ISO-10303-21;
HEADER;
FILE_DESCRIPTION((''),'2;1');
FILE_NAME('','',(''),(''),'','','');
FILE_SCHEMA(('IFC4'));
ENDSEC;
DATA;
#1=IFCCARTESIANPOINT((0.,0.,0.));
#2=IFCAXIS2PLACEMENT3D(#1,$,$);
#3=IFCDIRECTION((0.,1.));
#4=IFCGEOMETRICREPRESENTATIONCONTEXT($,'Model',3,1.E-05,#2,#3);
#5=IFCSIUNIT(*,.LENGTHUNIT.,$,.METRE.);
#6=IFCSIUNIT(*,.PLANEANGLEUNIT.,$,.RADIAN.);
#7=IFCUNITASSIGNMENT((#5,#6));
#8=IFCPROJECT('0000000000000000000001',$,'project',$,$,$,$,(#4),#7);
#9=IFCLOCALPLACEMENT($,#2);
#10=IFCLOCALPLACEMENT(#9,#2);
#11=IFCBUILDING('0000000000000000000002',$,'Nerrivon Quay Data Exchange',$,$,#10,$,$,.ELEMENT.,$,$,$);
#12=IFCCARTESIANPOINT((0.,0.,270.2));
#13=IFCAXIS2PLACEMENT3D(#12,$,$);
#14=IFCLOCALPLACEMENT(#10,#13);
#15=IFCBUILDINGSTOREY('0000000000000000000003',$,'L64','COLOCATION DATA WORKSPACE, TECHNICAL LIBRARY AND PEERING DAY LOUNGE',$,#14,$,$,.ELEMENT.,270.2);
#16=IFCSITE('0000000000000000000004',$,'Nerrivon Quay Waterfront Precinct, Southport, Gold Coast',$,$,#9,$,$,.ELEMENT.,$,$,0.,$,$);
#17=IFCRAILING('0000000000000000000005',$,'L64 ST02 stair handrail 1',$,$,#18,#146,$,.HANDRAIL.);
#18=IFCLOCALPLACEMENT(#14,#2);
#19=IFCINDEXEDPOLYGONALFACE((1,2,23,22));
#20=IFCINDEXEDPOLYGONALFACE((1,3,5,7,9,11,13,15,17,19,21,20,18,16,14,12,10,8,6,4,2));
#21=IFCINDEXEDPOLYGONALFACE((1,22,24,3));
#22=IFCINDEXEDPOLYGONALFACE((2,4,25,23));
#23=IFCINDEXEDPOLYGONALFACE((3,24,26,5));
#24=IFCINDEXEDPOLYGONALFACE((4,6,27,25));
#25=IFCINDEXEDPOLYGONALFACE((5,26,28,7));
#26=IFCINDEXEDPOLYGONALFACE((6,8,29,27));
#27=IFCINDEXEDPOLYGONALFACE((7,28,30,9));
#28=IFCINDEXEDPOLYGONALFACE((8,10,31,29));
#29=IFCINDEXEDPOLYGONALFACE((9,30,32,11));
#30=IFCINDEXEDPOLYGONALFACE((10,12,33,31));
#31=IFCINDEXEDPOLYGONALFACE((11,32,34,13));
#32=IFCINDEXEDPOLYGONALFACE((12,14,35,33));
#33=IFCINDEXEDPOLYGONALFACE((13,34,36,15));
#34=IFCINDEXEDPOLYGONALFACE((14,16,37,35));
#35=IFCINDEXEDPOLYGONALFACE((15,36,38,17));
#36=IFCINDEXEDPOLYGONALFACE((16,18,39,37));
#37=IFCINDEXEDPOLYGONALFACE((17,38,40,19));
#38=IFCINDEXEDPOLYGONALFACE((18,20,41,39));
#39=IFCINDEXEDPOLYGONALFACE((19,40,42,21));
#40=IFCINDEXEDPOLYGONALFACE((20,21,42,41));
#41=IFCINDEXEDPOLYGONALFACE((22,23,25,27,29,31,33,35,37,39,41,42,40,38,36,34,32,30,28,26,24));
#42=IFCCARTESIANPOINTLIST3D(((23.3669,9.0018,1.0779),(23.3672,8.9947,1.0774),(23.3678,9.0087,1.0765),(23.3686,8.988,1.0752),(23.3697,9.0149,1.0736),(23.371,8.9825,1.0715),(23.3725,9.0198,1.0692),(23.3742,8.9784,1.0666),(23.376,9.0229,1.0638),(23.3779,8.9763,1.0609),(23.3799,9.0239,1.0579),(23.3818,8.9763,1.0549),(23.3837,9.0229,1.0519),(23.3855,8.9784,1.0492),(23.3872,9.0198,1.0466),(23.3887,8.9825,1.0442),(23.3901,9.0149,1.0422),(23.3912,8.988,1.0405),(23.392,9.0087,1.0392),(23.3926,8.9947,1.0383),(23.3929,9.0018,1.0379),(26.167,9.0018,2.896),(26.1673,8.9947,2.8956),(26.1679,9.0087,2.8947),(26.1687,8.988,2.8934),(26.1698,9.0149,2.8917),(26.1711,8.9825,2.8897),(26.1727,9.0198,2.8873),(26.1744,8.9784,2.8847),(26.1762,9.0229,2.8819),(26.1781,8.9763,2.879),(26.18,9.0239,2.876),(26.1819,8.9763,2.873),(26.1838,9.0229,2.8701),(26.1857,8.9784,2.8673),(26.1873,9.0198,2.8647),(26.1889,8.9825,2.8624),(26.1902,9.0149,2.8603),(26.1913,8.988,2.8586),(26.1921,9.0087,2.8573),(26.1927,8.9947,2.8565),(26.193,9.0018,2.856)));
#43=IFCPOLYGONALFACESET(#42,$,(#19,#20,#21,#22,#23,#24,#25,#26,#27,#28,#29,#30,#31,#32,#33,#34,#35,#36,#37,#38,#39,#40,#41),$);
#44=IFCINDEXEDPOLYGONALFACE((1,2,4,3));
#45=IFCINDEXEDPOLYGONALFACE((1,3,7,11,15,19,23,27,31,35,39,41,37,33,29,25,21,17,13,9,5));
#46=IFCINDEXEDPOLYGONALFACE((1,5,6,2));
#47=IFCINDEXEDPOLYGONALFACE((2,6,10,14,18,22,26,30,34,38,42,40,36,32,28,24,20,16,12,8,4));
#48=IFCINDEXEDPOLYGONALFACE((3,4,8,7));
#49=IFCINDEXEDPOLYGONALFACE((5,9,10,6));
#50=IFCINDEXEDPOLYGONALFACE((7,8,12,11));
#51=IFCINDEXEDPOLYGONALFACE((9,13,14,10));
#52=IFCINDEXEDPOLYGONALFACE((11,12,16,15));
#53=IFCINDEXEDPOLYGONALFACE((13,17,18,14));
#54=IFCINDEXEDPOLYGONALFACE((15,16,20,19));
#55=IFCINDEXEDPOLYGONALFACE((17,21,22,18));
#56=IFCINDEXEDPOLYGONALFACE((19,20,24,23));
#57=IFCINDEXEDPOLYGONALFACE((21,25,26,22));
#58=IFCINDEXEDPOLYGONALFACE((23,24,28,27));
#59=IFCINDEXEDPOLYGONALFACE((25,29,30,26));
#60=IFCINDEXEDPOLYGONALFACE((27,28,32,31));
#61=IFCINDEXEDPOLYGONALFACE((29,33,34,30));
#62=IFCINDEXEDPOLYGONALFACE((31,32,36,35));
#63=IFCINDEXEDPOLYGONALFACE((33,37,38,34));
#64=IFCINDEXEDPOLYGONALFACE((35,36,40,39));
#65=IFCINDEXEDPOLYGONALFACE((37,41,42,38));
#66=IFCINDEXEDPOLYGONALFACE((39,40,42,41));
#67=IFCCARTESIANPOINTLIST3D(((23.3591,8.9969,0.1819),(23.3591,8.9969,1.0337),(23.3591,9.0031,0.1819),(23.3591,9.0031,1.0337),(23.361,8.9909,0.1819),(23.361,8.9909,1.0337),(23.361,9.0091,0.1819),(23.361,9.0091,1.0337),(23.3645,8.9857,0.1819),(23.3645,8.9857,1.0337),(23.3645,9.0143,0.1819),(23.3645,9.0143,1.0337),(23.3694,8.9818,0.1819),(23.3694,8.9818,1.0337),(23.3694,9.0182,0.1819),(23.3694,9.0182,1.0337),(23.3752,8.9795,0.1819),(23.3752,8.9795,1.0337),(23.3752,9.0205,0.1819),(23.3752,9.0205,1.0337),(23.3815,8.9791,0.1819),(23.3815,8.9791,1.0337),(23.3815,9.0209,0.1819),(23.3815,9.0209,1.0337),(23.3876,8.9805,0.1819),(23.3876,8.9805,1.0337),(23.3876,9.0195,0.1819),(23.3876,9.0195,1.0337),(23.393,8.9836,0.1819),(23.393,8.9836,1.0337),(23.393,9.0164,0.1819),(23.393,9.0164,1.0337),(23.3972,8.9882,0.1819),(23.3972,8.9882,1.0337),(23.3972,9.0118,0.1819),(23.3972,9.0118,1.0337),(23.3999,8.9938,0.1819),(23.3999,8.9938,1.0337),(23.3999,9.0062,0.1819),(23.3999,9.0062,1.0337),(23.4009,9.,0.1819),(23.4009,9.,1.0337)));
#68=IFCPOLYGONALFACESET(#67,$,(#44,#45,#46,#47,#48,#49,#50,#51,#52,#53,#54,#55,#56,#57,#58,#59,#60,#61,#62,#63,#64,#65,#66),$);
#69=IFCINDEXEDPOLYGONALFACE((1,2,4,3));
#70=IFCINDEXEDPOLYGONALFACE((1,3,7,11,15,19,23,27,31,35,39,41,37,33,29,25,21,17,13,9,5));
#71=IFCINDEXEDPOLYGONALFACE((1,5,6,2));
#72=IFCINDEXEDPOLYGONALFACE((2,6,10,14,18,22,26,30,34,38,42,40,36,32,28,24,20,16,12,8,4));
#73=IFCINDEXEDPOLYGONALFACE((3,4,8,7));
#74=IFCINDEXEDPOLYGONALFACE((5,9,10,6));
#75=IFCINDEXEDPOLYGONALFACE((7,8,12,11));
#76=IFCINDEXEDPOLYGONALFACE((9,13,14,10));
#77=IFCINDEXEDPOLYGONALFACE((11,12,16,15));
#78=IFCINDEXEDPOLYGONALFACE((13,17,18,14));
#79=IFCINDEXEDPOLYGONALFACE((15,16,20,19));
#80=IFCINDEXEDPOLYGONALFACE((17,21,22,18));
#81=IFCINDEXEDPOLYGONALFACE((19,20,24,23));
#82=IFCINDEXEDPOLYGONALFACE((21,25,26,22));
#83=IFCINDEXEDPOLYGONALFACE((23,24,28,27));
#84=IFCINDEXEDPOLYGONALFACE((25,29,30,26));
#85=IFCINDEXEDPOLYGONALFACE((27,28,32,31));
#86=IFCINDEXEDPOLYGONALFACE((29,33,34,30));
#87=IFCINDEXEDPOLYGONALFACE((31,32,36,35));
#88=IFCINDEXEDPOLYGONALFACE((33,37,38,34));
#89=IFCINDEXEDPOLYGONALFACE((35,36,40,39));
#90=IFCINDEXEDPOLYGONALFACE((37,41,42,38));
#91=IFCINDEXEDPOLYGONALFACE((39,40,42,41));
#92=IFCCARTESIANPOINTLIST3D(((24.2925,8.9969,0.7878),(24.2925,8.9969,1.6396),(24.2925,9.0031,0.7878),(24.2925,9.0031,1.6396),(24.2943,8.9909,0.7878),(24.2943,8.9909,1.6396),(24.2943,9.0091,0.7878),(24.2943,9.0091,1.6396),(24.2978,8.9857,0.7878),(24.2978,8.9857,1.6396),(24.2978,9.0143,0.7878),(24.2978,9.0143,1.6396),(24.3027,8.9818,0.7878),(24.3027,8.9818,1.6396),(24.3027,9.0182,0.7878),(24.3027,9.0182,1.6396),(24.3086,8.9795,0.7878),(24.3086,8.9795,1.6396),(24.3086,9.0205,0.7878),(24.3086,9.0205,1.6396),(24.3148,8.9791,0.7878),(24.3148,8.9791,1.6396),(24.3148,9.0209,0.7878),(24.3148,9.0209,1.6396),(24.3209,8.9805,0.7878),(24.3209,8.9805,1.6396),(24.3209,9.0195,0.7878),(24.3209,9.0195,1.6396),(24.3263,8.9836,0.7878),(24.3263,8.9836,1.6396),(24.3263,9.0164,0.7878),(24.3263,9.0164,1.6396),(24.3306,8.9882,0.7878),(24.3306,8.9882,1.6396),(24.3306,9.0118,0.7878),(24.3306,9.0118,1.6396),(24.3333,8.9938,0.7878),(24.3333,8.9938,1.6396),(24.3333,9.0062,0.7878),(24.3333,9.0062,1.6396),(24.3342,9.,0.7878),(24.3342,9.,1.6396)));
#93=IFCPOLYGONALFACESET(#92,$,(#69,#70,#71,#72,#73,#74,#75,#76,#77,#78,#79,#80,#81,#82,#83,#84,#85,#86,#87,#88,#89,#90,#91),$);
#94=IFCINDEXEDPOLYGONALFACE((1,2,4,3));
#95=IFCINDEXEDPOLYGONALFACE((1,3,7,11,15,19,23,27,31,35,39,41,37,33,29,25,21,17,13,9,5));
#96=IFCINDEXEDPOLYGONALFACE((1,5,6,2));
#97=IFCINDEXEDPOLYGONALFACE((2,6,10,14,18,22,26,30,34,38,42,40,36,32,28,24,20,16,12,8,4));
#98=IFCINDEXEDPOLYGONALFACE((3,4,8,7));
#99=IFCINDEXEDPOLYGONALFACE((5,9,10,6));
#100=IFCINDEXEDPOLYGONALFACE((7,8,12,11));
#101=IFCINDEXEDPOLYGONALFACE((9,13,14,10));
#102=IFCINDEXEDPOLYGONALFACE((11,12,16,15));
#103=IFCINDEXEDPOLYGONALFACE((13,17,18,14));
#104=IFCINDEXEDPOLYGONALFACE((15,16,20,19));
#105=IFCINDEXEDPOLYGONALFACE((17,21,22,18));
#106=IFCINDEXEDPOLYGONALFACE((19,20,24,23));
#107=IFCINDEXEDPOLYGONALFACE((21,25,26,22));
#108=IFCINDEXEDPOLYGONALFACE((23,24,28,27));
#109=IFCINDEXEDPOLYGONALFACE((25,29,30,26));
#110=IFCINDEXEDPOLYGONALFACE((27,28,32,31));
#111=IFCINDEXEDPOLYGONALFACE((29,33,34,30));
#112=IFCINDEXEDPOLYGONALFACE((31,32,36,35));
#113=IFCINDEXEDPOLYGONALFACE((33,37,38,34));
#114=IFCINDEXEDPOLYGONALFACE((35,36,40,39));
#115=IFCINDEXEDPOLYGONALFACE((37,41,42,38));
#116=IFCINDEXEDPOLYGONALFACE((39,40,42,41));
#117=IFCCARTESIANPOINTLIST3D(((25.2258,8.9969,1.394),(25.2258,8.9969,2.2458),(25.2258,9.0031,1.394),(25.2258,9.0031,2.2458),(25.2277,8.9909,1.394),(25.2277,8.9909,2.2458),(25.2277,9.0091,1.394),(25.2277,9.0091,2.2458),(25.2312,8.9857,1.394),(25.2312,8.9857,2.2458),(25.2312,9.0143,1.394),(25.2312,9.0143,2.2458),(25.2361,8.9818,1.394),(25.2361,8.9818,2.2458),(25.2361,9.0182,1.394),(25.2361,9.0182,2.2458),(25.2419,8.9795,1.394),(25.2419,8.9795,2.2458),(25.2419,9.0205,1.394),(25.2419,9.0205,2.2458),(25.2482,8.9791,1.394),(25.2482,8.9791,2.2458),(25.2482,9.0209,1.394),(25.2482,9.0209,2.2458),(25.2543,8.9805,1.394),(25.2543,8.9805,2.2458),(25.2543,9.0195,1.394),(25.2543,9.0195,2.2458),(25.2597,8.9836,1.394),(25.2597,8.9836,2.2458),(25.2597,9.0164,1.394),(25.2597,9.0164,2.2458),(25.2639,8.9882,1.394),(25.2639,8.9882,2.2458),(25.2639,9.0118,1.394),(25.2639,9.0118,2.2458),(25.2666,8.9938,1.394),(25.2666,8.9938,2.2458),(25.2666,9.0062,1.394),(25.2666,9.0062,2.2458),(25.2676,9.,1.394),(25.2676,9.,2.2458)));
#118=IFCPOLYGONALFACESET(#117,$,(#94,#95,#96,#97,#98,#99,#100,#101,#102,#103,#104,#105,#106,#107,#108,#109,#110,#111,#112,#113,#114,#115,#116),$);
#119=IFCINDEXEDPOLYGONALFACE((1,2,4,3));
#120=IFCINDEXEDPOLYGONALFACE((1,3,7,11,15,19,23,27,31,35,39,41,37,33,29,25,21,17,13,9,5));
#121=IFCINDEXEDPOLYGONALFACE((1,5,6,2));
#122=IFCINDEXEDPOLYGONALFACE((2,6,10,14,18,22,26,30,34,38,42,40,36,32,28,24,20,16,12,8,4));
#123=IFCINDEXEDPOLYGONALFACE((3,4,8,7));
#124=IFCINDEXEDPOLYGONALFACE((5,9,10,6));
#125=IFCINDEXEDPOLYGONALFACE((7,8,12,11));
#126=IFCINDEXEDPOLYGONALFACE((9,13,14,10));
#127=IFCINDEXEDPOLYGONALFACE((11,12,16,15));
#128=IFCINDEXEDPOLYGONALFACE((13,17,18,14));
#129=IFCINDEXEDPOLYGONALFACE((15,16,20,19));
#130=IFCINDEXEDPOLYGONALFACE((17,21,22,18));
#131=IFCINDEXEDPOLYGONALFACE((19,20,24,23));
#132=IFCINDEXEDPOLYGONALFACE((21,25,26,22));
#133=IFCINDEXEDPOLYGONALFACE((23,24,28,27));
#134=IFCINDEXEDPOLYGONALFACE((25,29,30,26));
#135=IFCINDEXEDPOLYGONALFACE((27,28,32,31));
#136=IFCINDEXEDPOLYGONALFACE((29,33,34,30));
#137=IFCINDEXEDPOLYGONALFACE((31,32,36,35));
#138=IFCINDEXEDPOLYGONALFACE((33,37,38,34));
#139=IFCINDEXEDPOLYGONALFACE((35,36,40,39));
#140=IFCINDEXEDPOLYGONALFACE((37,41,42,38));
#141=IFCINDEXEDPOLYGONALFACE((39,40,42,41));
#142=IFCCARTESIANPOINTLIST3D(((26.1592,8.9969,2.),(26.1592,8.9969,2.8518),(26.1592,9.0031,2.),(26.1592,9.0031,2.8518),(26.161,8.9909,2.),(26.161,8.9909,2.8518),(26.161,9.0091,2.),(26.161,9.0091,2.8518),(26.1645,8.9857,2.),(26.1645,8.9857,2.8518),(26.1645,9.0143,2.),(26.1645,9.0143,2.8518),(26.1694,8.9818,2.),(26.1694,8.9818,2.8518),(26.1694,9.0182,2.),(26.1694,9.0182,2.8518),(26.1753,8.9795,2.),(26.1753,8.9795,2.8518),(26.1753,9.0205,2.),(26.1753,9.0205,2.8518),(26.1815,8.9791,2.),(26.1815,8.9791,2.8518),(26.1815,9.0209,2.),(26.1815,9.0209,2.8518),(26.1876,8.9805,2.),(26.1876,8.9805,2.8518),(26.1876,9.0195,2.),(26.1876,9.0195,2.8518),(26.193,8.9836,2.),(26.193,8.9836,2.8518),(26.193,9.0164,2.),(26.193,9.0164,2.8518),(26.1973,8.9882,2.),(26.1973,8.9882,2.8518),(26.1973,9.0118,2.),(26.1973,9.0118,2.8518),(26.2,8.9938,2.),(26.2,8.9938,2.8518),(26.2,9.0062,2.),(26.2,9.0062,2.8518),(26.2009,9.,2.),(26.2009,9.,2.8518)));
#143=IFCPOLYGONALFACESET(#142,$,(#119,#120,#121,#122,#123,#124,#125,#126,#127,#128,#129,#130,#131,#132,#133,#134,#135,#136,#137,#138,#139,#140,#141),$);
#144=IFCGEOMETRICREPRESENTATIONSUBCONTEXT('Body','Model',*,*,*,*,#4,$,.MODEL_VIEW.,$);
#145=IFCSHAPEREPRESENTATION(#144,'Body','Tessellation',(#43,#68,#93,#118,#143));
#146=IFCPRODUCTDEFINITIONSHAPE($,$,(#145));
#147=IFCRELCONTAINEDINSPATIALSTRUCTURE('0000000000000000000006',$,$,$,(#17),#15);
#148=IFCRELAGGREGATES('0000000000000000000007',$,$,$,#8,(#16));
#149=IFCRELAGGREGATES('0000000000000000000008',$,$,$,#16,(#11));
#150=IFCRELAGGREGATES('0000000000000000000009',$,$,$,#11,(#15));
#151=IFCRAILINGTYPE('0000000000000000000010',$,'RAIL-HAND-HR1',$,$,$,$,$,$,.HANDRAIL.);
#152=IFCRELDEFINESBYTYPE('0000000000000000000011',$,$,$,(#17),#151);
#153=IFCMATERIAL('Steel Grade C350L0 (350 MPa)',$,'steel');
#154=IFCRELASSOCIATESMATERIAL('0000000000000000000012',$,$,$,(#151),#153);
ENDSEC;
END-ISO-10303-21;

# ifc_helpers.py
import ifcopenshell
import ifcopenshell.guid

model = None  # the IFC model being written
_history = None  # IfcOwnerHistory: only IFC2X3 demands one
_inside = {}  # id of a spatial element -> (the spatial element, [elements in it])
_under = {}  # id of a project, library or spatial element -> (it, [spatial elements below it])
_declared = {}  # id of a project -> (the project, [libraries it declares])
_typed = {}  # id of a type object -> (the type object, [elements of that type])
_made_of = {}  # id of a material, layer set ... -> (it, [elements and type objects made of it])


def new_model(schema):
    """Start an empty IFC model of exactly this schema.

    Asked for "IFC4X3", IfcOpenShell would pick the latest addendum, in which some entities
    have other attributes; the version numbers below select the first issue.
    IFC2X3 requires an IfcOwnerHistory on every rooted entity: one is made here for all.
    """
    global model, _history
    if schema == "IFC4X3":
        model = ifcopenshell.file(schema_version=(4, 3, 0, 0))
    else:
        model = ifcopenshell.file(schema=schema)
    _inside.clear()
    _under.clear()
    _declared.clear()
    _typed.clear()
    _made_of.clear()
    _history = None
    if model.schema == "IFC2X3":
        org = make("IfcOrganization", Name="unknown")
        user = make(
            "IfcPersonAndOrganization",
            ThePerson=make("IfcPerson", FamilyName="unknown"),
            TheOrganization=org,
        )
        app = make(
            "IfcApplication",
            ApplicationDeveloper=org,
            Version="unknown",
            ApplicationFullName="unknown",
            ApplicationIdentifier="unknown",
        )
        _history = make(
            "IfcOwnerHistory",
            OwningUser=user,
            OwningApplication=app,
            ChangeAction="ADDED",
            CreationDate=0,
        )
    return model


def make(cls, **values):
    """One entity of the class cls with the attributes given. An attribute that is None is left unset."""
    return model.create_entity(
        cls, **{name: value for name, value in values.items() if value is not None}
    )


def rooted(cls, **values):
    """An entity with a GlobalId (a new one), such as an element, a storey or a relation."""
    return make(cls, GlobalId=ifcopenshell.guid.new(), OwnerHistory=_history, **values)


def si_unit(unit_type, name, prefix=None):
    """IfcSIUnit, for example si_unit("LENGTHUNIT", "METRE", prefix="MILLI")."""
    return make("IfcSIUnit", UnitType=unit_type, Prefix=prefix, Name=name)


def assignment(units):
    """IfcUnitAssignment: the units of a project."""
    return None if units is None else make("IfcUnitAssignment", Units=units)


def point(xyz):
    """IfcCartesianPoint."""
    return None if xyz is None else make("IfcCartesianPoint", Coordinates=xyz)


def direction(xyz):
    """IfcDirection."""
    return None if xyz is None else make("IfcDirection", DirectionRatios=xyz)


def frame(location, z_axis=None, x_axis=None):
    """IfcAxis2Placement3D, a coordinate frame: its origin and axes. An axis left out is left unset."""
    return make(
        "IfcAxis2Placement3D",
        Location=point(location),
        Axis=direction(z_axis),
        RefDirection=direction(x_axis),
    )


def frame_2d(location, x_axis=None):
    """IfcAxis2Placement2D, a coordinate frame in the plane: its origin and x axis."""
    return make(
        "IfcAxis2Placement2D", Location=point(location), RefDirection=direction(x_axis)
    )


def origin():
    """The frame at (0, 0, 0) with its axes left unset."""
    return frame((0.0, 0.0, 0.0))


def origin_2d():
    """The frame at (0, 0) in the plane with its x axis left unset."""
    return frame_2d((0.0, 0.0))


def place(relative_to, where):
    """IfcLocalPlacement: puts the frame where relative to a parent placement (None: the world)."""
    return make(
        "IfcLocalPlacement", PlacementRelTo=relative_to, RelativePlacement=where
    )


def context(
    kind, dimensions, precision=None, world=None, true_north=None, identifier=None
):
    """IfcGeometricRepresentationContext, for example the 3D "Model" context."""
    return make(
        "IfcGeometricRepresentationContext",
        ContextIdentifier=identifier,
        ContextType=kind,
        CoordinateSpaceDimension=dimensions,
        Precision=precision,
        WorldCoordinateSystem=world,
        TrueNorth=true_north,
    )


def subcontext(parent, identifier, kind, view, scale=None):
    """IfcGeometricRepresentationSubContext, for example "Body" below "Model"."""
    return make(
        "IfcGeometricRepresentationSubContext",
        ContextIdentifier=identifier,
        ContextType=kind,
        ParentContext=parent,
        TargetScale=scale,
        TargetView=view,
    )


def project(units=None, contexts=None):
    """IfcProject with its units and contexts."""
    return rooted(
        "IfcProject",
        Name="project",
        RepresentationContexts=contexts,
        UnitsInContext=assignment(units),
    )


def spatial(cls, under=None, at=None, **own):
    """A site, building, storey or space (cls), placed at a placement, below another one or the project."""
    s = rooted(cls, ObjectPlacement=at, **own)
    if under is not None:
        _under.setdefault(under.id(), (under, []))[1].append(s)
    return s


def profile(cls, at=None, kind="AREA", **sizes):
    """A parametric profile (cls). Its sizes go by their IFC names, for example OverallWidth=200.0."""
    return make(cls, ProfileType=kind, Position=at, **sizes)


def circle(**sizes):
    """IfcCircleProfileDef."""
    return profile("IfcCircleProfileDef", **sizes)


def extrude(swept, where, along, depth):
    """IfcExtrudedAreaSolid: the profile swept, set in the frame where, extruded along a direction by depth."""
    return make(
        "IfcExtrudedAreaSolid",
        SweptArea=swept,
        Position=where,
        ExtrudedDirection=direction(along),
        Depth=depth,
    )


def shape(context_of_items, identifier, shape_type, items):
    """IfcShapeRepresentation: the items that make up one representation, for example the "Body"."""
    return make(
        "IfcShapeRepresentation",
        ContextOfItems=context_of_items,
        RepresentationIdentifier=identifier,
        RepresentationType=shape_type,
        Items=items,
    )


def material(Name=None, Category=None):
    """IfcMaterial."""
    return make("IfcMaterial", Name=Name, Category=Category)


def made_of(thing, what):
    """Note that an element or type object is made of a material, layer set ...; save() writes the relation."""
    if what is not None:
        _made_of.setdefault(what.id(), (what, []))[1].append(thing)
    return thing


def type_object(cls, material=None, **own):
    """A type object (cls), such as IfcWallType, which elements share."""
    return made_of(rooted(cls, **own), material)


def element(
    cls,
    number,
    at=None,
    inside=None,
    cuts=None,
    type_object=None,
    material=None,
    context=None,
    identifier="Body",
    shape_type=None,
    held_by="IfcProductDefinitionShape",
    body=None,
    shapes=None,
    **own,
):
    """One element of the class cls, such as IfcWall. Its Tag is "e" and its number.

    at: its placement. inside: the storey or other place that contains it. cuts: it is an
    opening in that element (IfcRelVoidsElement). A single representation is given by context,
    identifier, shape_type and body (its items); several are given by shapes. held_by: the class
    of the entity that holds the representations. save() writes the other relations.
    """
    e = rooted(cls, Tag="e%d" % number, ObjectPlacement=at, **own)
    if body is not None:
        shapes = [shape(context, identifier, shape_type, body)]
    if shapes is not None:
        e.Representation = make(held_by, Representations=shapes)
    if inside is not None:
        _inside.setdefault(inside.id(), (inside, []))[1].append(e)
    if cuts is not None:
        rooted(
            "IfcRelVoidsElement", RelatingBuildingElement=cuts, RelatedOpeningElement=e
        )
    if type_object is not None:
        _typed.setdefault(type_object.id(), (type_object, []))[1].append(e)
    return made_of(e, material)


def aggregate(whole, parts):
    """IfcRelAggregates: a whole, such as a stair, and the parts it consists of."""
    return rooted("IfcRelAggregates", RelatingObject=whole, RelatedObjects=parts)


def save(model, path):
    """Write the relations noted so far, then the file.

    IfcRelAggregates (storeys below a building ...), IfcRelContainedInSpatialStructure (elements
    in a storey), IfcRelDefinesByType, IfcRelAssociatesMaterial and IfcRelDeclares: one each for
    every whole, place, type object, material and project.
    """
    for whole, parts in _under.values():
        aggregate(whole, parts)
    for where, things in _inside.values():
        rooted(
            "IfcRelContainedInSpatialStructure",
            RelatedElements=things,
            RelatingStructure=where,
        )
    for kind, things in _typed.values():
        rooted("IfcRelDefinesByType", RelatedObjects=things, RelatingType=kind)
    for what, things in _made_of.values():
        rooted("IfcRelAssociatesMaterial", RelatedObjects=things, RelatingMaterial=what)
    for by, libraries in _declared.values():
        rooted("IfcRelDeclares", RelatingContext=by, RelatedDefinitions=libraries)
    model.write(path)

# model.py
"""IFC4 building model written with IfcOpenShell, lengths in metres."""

from ifc_helpers import new_model, si_unit, direction, frame, origin, origin_2d, place, context, subcontext, project, spatial, circle, extrude, material, type_object, element, save


model = new_model("IFC4")

# Units and contexts
model_context = context("Model", 3, precision=1e-05, world=origin(), true_north=direction((0.0, 1.0)))
body_context = subcontext(model_context, "Body", "Model", "MODEL_VIEW")
ifc_project = project(units=[si_unit("LENGTHUNIT", "METRE"), si_unit("PLANEANGLEUNIT", "RADIAN")], contexts=[model_context])

# Site, building, storey
site_placement = place(None, origin())
site = spatial("IfcSite", under=ifc_project, at=site_placement, Name="Nerrivon Quay Waterfront Precinct, Southport, Gold Coast", CompositionType="ELEMENT", RefElevation=0.0)
building_placement = place(site_placement, origin())
building = spatial("IfcBuilding", under=site, at=building_placement, Name="Nerrivon Quay Data Exchange", CompositionType="ELEMENT")
storey_placement = place(building_placement, frame((0.0, 0.0, 270.2)))
storey = spatial("IfcBuildingStorey", under=building, at=storey_placement, Name="L64", Description="COLOCATION DATA WORKSPACE, TECHNICAL LIBRARY AND PEERING DAY LOUNGE", CompositionType="ELEMENT", Elevation=270.2)

# Railing
ifc_material_1 = material(Name="Steel Grade C350L0 (350 MPa)", Category="steel")
railing_type_1 = type_object("IfcRailingType", Name="RAIL-HAND-HR1", PredefinedType="HANDRAIL", material=ifc_material_1)
railing_1_placement = place(storey_placement, frame((23.3799, 9.0, 0.1819)))
element("IfcRailing", 1, at=railing_1_placement, inside=storey, type_object=railing_type_1, Name="L64 ST02 stair handrail 1", PredefinedType="HANDRAIL", context=body_context, shape_type="SweptSolid", body=[
    extrude(circle(Radius=0.0239, at=origin_2d()), frame((0.0, 0.0, 0.876), z_axis=(0.838706, 0.0, 0.544585), x_axis=(0.0, 1.0, 0.0)), (0.0, 0.0, 1.0), 3.3386),
    extrude(circle(Radius=0.021, at=origin_2d()), origin(), (0.0, 0.0, 1.0), 0.8518),
    extrude(circle(Radius=0.021, at=origin_2d()), frame((0.9333, 0.0, 0.606)), (0.0, 0.0, 1.0), 0.8518),
    extrude(circle(Radius=0.021, at=origin_2d()), frame((1.8667, 0.0, 1.2122)), (0.0, 0.0, 1.0), 0.8518),
    extrude(circle(Radius=0.021, at=origin_2d()), frame((2.8, 0.0, 1.8181)), (0.0, 0.0, 1.0), 0.8518),
])

save(model, "model.ifc")
